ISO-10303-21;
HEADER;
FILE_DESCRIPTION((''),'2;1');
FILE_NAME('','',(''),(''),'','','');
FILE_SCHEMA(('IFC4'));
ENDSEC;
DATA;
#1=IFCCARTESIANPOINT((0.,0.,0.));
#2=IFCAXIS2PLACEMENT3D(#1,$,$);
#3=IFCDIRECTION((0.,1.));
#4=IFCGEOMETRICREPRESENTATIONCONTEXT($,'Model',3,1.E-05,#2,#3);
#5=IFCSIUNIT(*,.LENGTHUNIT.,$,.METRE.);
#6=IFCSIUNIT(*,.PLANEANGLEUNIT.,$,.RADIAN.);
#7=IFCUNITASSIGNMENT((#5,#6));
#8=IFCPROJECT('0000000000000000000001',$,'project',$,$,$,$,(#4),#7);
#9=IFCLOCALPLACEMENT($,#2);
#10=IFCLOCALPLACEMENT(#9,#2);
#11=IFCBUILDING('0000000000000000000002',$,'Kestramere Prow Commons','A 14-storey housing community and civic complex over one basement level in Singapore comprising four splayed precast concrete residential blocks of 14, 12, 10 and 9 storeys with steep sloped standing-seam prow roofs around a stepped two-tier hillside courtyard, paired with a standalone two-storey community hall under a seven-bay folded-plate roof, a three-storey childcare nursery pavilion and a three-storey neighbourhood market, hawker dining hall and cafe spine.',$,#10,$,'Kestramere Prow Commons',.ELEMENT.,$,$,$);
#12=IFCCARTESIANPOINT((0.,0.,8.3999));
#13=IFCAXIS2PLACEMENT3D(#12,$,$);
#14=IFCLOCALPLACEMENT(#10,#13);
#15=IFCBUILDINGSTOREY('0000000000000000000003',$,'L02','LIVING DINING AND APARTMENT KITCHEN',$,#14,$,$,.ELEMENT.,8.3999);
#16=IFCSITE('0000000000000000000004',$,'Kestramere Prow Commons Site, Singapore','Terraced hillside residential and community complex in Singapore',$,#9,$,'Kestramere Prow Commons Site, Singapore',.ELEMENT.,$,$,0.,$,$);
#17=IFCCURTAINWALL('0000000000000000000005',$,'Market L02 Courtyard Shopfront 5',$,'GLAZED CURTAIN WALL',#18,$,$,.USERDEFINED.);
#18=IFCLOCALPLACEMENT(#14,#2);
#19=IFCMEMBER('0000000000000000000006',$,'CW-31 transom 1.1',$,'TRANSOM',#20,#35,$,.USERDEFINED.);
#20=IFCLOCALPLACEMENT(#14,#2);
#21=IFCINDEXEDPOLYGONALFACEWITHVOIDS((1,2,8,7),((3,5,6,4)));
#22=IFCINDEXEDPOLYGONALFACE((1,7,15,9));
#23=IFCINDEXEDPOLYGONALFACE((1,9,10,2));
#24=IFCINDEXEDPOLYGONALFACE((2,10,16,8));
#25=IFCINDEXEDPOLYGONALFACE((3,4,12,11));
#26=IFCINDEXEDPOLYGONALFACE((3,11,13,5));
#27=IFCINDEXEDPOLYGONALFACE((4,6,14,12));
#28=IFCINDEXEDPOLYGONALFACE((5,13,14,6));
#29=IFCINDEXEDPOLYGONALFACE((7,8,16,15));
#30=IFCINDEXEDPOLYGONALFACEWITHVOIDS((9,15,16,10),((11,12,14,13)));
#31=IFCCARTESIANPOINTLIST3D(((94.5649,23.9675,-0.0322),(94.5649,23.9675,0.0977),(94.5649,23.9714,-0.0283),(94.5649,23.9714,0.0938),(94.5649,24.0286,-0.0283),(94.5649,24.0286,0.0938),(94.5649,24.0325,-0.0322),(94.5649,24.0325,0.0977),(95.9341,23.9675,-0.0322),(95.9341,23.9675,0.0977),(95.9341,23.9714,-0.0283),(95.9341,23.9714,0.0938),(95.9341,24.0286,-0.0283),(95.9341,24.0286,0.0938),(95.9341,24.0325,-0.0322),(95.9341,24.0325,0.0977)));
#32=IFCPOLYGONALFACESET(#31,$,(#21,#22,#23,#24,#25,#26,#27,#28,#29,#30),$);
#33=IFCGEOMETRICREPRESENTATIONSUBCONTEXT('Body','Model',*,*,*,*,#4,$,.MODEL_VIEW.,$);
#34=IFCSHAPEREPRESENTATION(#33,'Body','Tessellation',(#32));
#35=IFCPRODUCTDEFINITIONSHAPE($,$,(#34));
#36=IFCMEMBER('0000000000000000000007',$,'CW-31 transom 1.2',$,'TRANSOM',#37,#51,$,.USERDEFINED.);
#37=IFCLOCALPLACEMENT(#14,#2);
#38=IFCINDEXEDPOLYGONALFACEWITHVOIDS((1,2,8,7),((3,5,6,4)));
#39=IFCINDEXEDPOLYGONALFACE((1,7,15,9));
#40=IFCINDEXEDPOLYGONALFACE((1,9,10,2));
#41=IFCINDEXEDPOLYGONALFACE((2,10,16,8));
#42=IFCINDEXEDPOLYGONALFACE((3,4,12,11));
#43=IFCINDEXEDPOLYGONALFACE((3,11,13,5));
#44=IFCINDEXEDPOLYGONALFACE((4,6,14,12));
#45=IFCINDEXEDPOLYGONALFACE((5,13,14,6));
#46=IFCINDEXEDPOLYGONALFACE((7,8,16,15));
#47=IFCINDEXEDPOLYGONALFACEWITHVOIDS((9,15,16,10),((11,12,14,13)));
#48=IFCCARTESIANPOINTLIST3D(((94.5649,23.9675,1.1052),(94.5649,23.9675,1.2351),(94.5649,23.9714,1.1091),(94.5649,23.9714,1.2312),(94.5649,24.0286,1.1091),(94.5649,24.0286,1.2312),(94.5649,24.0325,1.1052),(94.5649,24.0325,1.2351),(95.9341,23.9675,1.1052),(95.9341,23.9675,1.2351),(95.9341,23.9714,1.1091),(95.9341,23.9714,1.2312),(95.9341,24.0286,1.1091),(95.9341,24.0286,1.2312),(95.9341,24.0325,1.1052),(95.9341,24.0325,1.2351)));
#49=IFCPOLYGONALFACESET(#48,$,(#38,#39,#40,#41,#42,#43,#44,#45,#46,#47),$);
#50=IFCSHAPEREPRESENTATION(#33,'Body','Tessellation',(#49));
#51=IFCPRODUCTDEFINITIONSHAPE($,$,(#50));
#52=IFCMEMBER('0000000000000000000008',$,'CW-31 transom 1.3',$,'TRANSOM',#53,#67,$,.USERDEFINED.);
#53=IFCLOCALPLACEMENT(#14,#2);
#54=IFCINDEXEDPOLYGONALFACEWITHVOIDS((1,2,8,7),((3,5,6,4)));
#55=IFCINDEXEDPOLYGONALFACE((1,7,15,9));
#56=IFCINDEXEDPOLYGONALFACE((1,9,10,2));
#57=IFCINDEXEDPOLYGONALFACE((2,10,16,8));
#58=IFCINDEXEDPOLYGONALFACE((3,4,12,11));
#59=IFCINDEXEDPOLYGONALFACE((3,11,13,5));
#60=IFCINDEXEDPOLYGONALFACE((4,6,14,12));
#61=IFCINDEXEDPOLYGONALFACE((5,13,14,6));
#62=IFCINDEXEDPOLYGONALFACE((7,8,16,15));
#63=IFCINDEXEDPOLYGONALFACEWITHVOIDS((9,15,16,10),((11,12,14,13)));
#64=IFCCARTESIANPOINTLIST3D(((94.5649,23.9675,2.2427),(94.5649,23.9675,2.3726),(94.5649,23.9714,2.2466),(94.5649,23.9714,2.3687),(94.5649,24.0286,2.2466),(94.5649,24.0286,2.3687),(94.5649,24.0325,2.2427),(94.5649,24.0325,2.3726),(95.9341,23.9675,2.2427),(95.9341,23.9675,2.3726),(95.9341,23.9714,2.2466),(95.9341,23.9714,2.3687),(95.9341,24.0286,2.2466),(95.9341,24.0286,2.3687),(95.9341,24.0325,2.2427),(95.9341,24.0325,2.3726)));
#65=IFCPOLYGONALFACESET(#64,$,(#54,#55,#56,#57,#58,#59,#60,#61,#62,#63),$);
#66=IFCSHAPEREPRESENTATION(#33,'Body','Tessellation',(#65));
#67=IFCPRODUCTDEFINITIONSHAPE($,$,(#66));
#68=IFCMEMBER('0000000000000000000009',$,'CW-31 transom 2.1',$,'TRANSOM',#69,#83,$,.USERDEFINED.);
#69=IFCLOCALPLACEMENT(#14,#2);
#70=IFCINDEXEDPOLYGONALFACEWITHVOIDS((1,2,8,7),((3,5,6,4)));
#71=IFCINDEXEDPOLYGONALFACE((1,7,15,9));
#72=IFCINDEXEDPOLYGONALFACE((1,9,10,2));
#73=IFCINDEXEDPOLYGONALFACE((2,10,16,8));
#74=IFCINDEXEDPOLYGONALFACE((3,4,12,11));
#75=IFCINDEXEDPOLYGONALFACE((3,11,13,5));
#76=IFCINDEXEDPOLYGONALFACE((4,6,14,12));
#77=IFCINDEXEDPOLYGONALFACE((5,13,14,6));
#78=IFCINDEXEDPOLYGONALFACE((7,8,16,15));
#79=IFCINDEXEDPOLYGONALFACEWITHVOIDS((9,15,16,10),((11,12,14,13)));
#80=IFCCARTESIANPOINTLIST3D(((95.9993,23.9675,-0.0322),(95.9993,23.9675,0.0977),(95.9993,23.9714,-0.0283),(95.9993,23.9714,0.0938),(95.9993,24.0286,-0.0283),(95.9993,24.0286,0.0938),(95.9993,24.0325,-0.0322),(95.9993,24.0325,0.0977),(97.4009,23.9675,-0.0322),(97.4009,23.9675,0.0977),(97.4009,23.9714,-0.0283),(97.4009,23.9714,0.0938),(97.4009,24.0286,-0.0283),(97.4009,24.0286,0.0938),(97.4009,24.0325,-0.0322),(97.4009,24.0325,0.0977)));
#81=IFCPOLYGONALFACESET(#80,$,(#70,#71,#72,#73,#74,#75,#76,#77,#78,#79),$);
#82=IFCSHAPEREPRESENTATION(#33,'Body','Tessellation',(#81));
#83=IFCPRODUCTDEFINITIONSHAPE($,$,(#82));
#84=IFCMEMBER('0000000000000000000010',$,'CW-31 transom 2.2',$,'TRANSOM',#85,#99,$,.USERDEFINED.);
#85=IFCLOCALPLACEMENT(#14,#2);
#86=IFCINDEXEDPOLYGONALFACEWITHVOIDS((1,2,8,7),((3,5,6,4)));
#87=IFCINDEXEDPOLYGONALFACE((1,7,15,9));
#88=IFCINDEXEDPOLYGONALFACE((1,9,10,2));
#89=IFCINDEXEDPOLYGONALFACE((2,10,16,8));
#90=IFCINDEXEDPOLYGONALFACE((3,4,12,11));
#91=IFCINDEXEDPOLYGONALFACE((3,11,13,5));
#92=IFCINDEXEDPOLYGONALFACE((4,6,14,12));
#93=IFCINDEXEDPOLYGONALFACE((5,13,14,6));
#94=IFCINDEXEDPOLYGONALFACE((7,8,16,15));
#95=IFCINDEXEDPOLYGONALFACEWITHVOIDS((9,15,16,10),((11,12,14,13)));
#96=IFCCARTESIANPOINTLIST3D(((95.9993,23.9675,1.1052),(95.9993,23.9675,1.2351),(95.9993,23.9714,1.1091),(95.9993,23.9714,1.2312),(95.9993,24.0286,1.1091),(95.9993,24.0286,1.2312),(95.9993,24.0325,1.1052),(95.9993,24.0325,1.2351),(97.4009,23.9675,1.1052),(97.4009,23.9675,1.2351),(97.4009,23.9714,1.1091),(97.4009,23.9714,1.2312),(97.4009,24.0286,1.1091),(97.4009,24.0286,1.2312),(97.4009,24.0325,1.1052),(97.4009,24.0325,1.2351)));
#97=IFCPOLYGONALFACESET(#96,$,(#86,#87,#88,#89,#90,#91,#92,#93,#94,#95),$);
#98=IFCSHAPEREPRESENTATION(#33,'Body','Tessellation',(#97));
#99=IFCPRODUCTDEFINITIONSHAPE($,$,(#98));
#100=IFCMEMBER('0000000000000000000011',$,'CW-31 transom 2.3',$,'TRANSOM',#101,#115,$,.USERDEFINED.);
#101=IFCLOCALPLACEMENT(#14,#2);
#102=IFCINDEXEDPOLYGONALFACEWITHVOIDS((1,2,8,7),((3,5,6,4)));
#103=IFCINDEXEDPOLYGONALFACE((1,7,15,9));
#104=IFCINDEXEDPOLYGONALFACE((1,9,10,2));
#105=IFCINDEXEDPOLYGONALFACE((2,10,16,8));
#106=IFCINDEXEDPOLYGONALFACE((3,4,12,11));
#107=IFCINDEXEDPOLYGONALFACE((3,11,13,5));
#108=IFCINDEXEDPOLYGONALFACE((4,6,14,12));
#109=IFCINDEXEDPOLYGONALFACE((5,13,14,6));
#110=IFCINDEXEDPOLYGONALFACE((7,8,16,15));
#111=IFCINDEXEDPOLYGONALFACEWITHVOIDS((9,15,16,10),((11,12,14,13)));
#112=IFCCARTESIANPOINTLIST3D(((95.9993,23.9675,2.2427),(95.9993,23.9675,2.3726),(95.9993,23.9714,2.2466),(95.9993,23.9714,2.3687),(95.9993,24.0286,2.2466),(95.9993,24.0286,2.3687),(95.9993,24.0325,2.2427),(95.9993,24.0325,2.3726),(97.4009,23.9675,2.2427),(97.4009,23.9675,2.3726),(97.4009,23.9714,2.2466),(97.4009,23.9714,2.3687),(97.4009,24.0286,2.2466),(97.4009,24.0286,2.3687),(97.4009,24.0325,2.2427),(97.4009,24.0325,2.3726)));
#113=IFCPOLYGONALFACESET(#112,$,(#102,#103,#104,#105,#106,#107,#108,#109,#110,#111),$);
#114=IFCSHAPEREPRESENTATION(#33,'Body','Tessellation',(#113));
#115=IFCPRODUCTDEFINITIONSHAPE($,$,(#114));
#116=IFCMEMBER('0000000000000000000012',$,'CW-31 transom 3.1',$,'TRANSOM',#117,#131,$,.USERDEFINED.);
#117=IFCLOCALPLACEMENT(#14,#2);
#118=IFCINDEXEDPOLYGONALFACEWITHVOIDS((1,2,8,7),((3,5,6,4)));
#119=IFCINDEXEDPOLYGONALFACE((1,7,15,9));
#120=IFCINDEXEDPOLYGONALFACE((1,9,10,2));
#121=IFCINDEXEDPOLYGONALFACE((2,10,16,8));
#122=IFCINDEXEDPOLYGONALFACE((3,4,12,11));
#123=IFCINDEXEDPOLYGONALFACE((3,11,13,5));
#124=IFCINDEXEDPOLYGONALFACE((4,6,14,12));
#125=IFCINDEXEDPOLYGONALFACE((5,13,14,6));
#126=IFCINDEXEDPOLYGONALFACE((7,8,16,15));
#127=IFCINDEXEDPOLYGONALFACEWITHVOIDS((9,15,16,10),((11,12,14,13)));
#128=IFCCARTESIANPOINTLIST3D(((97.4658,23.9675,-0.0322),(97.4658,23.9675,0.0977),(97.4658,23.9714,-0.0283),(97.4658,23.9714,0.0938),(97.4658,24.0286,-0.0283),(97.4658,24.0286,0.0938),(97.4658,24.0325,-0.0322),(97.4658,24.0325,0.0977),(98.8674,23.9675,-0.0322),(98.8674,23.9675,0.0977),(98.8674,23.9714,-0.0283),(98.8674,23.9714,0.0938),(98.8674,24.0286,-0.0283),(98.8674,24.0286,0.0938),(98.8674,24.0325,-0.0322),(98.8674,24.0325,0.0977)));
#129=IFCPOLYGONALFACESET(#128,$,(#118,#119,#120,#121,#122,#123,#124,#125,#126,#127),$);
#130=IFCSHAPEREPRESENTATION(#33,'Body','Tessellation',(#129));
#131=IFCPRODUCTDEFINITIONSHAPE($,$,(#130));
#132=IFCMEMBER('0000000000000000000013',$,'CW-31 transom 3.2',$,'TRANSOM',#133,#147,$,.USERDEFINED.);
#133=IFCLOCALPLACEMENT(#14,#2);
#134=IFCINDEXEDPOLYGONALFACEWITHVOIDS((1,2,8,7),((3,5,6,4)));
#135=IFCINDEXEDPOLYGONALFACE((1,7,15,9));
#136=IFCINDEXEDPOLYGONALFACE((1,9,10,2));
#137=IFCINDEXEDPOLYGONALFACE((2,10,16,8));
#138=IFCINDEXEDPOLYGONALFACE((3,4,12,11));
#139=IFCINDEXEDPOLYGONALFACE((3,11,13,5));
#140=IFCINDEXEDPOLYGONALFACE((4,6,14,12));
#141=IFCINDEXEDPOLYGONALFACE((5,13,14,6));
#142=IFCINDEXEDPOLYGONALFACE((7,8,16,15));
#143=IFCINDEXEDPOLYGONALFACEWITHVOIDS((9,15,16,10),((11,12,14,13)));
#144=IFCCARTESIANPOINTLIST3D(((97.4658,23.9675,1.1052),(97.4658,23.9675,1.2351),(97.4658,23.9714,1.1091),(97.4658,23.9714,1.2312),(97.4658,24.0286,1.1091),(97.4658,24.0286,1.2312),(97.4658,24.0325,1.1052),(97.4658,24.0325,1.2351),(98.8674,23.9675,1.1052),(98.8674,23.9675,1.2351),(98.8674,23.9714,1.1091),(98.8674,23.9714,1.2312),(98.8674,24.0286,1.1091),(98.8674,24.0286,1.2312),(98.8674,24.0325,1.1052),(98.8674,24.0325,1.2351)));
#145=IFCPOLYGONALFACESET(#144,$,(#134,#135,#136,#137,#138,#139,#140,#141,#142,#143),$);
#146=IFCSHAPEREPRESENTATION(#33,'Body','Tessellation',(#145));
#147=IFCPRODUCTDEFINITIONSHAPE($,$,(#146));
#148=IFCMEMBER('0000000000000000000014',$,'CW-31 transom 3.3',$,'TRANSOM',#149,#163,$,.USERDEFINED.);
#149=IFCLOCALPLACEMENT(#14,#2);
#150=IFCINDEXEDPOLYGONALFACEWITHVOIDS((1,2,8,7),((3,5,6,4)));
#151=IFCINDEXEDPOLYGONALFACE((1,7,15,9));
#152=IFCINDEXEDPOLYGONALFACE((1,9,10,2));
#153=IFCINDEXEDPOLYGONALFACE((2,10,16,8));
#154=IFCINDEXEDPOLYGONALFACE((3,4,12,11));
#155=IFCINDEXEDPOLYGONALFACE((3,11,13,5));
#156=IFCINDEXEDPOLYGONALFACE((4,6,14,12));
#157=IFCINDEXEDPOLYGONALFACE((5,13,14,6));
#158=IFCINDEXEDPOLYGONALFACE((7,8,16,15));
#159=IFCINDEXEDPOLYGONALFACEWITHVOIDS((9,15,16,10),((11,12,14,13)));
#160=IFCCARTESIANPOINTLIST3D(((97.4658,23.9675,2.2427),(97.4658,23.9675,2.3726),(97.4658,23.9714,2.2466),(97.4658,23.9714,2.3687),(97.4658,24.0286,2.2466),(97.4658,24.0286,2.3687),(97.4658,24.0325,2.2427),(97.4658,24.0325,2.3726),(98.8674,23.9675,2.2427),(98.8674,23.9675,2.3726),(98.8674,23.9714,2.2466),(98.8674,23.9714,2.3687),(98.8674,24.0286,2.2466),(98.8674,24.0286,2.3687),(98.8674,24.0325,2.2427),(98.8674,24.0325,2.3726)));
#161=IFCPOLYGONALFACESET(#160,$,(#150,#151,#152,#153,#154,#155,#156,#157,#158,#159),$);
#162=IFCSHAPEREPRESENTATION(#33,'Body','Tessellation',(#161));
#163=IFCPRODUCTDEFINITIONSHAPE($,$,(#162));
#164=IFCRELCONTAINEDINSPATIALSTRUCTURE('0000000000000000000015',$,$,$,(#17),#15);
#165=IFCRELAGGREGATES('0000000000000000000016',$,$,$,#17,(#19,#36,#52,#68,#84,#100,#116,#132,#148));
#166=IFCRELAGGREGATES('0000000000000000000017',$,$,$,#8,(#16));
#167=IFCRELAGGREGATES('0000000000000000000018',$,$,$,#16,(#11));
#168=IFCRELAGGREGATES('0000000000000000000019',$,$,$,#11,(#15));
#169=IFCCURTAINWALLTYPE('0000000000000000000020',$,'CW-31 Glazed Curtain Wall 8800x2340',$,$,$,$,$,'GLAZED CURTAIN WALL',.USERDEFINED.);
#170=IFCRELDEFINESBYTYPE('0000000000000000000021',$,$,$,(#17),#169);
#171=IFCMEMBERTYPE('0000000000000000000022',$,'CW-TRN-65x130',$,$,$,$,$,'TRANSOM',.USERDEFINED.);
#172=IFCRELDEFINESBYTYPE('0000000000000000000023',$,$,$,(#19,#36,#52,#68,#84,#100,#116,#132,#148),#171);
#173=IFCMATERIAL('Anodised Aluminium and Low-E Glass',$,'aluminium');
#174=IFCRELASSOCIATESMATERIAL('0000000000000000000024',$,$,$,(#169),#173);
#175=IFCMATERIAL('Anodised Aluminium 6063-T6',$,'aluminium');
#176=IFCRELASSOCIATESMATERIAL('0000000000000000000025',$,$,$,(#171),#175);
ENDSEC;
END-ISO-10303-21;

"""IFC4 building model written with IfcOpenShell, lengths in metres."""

from ifc_helpers import new_model, si_unit, direction, frame, origin, origin_2d, place, context, subcontext, project, spatial, hollow_rectangle, extrude, material, material_profile, profile_set, type_object, element, aggregate, save


model = new_model("IFC4")

# Units and contexts
model_context = context("Model", 3, precision=1e-05, world=origin(), true_north=direction((0.0, 1.0)))
body_context = subcontext(model_context, "Body", "Model", "MODEL_VIEW")
ifc_project = project(units=[si_unit("LENGTHUNIT", "METRE"), si_unit("PLANEANGLEUNIT", "RADIAN")], contexts=[model_context])

# Site, building, storey
site_placement = place(None, origin())
site = spatial("IfcSite", under=ifc_project, at=site_placement, Name="Kestramere Prow Commons Site, Singapore", Description="Terraced hillside residential and community complex in Singapore", LongName="Kestramere Prow Commons Site, Singapore", CompositionType="ELEMENT", RefElevation=0.0)
building_placement = place(site_placement, origin())
building = spatial("IfcBuilding", under=site, at=building_placement, Name="Kestramere Prow Commons", Description="A 14-storey housing community and civic complex over one basement level in Singapore comprising four splayed precast concrete residential blocks of 14, 12, 10 and 9 storeys with steep sloped standing-seam prow roofs around a stepped two-tier hillside courtyard, paired with a standalone two-storey community hall under a seven-bay folded-plate roof, a three-storey childcare nursery pavilion and a three-storey neighbourhood market, hawker dining hall and cafe spine.", LongName="Kestramere Prow Commons", CompositionType="ELEMENT")
storey_placement = place(building_placement, frame((0.0, 0.0, 8.3999)))
storey = spatial("IfcBuildingStorey", under=building, at=storey_placement, Name="L02", Description="LIVING DINING AND APARTMENT KITCHEN", CompositionType="ELEMENT", Elevation=8.3999)

# Curtain wall, members
ifc_material_1 = material(Name="Anodised Aluminium and Low-E Glass", Category="aluminium")
curtain_wall_type = type_object("IfcCurtainWallType", Name="CW-31 Glazed Curtain Wall 8800x2340", ElementType="GLAZED CURTAIN WALL", PredefinedType="USERDEFINED", material=ifc_material_1)
curtain_wall_placement = place(storey_placement, origin())
curtain_wall = element("IfcCurtainWall", 1, at=curtain_wall_placement, inside=storey, type_object=curtain_wall_type, Name="Market L02 Courtyard Shopfront 5", ObjectType="GLAZED CURTAIN WALL", PredefinedType="USERDEFINED")
ifc_material_2 = material(Name="Anodised Aluminium 6063-T6", Category="aluminium")
ifc_material_profile_1 = material_profile(ifc_material_2, hollow_rectangle(XDim=0.0649, YDim=0.1299, WallThickness=0.0039, at=origin_2d()), Name="ALU-TRN 65x130")
ifc_profile_set_1 = profile_set([ifc_material_profile_1], Name="Anodised Aluminium 6063-T6")
member_type_1 = type_object("IfcMemberType", Name="CW-TRN-65x130", ElementType="TRANSOM", PredefinedType="USERDEFINED", material=ifc_profile_set_1)
member_1_placement = place(storey_placement, frame((94.5649, 24.0, 0.0327), z_axis=(1.0, 0.0, 0.0), x_axis=(0.0, 1.0, 0.0)))
member_1 = element("IfcMember", 2, at=member_1_placement, type_object=member_type_1, Name="CW-31 transom 1.1", ObjectType="TRANSOM", PredefinedType="USERDEFINED", context=body_context, shape_type="SweptSolid", body=[
    extrude(hollow_rectangle(XDim=0.0649, YDim=0.1299, WallThickness=0.0039, at=origin_2d()), origin(), (0.0, 0.0, 1.0), 1.3691),
])
member_2_placement = place(storey_placement, frame((94.5649, 24.0, 1.1702), z_axis=(1.0, 0.0, 0.0), x_axis=(0.0, 1.0, 0.0)))
member_2 = element("IfcMember", 3, at=member_2_placement, type_object=member_type_1, Name="CW-31 transom 1.2", ObjectType="TRANSOM", PredefinedType="USERDEFINED", context=body_context, shape_type="SweptSolid", body=[
    extrude(hollow_rectangle(XDim=0.0649, YDim=0.1299, WallThickness=0.0039, at=origin_2d()), origin(), (0.0, 0.0, 1.0), 1.3691),
])
member_3_placement = place(storey_placement, frame((94.5649, 24.0, 2.3076), z_axis=(1.0, 0.0, 0.0), x_axis=(0.0, 1.0, 0.0)))
member_3 = element("IfcMember", 4, at=member_3_placement, type_object=member_type_1, Name="CW-31 transom 1.3", ObjectType="TRANSOM", PredefinedType="USERDEFINED", context=body_context, shape_type="SweptSolid", body=[
    extrude(hollow_rectangle(XDim=0.0649, YDim=0.1299, WallThickness=0.0039, at=origin_2d()), origin(), (0.0, 0.0, 1.0), 1.3691),
])
member_4_placement = place(storey_placement, frame((95.9993, 24.0, 0.0327), z_axis=(1.0, 0.0, 0.0), x_axis=(0.0, 1.0, 0.0)))
member_4 = element("IfcMember", 5, at=member_4_placement, type_object=member_type_1, Name="CW-31 transom 2.1", ObjectType="TRANSOM", PredefinedType="USERDEFINED", context=body_context, shape_type="SweptSolid", body=[
    extrude(hollow_rectangle(XDim=0.0649, YDim=0.1299, WallThickness=0.0039, at=origin_2d()), origin(), (0.0, 0.0, 1.0), 1.4016),
])
member_5_placement = place(storey_placement, frame((95.9993, 24.0, 1.1702), z_axis=(1.0, 0.0, 0.0), x_axis=(0.0, 1.0, 0.0)))
member_5 = element("IfcMember", 6, at=member_5_placement, type_object=member_type_1, Name="CW-31 transom 2.2", ObjectType="TRANSOM", PredefinedType="USERDEFINED", context=body_context, shape_type="SweptSolid", body=[
    extrude(hollow_rectangle(XDim=0.0649, YDim=0.1299, WallThickness=0.0039, at=origin_2d()), origin(), (0.0, 0.0, 1.0), 1.4016),
])
member_6_placement = place(storey_placement, frame((95.9993, 24.0, 2.3076), z_axis=(1.0, 0.0, 0.0), x_axis=(0.0, 1.0, 0.0)))
member_6 = element("IfcMember", 7, at=member_6_placement, type_object=member_type_1, Name="CW-31 transom 2.3", ObjectType="TRANSOM", PredefinedType="USERDEFINED", context=body_context, shape_type="SweptSolid", body=[
    extrude(hollow_rectangle(XDim=0.0649, YDim=0.1299, WallThickness=0.0039, at=origin_2d()), origin(), (0.0, 0.0, 1.0), 1.4016),
])
member_7_placement = place(storey_placement, frame((97.4658, 24.0, 0.0327), z_axis=(1.0, 0.0, 0.0), x_axis=(0.0, 1.0, 0.0)))
member_7 = element("IfcMember", 8, at=member_7_placement, type_object=member_type_1, Name="CW-31 transom 3.1", ObjectType="TRANSOM", PredefinedType="USERDEFINED", context=body_context, shape_type="SweptSolid", body=[
    extrude(hollow_rectangle(XDim=0.0649, YDim=0.1299, WallThickness=0.0039, at=origin_2d()), origin(), (0.0, 0.0, 1.0), 1.4016),
])
member_8_placement = place(storey_placement, frame((97.4658, 24.0, 1.1702), z_axis=(1.0, 0.0, 0.0), x_axis=(0.0, 1.0, 0.0)))
member_8 = element("IfcMember", 9, at=member_8_placement, type_object=member_type_1, Name="CW-31 transom 3.2", ObjectType="TRANSOM", PredefinedType="USERDEFINED", context=body_context, shape_type="SweptSolid", body=[
    extrude(hollow_rectangle(XDim=0.0649, YDim=0.1299, WallThickness=0.0039, at=origin_2d()), origin(), (0.0, 0.0, 1.0), 1.4016),
])
member_9_placement = place(storey_placement, frame((97.4658, 24.0, 2.3076), z_axis=(1.0, 0.0, 0.0), x_axis=(0.0, 1.0, 0.0)))
member_9 = element("IfcMember", 10, at=member_9_placement, type_object=member_type_1, Name="CW-31 transom 3.3", ObjectType="TRANSOM", PredefinedType="USERDEFINED", context=body_context, shape_type="SweptSolid", body=[
    extrude(hollow_rectangle(XDim=0.0649, YDim=0.1299, WallThickness=0.0039, at=origin_2d()), origin(), (0.0, 0.0, 1.0), 1.4016),
])

aggregate(curtain_wall, [member_1, member_2, member_3, member_4, member_5, member_6, member_7, member_8, member_9])

save(model, "model.ifc")
